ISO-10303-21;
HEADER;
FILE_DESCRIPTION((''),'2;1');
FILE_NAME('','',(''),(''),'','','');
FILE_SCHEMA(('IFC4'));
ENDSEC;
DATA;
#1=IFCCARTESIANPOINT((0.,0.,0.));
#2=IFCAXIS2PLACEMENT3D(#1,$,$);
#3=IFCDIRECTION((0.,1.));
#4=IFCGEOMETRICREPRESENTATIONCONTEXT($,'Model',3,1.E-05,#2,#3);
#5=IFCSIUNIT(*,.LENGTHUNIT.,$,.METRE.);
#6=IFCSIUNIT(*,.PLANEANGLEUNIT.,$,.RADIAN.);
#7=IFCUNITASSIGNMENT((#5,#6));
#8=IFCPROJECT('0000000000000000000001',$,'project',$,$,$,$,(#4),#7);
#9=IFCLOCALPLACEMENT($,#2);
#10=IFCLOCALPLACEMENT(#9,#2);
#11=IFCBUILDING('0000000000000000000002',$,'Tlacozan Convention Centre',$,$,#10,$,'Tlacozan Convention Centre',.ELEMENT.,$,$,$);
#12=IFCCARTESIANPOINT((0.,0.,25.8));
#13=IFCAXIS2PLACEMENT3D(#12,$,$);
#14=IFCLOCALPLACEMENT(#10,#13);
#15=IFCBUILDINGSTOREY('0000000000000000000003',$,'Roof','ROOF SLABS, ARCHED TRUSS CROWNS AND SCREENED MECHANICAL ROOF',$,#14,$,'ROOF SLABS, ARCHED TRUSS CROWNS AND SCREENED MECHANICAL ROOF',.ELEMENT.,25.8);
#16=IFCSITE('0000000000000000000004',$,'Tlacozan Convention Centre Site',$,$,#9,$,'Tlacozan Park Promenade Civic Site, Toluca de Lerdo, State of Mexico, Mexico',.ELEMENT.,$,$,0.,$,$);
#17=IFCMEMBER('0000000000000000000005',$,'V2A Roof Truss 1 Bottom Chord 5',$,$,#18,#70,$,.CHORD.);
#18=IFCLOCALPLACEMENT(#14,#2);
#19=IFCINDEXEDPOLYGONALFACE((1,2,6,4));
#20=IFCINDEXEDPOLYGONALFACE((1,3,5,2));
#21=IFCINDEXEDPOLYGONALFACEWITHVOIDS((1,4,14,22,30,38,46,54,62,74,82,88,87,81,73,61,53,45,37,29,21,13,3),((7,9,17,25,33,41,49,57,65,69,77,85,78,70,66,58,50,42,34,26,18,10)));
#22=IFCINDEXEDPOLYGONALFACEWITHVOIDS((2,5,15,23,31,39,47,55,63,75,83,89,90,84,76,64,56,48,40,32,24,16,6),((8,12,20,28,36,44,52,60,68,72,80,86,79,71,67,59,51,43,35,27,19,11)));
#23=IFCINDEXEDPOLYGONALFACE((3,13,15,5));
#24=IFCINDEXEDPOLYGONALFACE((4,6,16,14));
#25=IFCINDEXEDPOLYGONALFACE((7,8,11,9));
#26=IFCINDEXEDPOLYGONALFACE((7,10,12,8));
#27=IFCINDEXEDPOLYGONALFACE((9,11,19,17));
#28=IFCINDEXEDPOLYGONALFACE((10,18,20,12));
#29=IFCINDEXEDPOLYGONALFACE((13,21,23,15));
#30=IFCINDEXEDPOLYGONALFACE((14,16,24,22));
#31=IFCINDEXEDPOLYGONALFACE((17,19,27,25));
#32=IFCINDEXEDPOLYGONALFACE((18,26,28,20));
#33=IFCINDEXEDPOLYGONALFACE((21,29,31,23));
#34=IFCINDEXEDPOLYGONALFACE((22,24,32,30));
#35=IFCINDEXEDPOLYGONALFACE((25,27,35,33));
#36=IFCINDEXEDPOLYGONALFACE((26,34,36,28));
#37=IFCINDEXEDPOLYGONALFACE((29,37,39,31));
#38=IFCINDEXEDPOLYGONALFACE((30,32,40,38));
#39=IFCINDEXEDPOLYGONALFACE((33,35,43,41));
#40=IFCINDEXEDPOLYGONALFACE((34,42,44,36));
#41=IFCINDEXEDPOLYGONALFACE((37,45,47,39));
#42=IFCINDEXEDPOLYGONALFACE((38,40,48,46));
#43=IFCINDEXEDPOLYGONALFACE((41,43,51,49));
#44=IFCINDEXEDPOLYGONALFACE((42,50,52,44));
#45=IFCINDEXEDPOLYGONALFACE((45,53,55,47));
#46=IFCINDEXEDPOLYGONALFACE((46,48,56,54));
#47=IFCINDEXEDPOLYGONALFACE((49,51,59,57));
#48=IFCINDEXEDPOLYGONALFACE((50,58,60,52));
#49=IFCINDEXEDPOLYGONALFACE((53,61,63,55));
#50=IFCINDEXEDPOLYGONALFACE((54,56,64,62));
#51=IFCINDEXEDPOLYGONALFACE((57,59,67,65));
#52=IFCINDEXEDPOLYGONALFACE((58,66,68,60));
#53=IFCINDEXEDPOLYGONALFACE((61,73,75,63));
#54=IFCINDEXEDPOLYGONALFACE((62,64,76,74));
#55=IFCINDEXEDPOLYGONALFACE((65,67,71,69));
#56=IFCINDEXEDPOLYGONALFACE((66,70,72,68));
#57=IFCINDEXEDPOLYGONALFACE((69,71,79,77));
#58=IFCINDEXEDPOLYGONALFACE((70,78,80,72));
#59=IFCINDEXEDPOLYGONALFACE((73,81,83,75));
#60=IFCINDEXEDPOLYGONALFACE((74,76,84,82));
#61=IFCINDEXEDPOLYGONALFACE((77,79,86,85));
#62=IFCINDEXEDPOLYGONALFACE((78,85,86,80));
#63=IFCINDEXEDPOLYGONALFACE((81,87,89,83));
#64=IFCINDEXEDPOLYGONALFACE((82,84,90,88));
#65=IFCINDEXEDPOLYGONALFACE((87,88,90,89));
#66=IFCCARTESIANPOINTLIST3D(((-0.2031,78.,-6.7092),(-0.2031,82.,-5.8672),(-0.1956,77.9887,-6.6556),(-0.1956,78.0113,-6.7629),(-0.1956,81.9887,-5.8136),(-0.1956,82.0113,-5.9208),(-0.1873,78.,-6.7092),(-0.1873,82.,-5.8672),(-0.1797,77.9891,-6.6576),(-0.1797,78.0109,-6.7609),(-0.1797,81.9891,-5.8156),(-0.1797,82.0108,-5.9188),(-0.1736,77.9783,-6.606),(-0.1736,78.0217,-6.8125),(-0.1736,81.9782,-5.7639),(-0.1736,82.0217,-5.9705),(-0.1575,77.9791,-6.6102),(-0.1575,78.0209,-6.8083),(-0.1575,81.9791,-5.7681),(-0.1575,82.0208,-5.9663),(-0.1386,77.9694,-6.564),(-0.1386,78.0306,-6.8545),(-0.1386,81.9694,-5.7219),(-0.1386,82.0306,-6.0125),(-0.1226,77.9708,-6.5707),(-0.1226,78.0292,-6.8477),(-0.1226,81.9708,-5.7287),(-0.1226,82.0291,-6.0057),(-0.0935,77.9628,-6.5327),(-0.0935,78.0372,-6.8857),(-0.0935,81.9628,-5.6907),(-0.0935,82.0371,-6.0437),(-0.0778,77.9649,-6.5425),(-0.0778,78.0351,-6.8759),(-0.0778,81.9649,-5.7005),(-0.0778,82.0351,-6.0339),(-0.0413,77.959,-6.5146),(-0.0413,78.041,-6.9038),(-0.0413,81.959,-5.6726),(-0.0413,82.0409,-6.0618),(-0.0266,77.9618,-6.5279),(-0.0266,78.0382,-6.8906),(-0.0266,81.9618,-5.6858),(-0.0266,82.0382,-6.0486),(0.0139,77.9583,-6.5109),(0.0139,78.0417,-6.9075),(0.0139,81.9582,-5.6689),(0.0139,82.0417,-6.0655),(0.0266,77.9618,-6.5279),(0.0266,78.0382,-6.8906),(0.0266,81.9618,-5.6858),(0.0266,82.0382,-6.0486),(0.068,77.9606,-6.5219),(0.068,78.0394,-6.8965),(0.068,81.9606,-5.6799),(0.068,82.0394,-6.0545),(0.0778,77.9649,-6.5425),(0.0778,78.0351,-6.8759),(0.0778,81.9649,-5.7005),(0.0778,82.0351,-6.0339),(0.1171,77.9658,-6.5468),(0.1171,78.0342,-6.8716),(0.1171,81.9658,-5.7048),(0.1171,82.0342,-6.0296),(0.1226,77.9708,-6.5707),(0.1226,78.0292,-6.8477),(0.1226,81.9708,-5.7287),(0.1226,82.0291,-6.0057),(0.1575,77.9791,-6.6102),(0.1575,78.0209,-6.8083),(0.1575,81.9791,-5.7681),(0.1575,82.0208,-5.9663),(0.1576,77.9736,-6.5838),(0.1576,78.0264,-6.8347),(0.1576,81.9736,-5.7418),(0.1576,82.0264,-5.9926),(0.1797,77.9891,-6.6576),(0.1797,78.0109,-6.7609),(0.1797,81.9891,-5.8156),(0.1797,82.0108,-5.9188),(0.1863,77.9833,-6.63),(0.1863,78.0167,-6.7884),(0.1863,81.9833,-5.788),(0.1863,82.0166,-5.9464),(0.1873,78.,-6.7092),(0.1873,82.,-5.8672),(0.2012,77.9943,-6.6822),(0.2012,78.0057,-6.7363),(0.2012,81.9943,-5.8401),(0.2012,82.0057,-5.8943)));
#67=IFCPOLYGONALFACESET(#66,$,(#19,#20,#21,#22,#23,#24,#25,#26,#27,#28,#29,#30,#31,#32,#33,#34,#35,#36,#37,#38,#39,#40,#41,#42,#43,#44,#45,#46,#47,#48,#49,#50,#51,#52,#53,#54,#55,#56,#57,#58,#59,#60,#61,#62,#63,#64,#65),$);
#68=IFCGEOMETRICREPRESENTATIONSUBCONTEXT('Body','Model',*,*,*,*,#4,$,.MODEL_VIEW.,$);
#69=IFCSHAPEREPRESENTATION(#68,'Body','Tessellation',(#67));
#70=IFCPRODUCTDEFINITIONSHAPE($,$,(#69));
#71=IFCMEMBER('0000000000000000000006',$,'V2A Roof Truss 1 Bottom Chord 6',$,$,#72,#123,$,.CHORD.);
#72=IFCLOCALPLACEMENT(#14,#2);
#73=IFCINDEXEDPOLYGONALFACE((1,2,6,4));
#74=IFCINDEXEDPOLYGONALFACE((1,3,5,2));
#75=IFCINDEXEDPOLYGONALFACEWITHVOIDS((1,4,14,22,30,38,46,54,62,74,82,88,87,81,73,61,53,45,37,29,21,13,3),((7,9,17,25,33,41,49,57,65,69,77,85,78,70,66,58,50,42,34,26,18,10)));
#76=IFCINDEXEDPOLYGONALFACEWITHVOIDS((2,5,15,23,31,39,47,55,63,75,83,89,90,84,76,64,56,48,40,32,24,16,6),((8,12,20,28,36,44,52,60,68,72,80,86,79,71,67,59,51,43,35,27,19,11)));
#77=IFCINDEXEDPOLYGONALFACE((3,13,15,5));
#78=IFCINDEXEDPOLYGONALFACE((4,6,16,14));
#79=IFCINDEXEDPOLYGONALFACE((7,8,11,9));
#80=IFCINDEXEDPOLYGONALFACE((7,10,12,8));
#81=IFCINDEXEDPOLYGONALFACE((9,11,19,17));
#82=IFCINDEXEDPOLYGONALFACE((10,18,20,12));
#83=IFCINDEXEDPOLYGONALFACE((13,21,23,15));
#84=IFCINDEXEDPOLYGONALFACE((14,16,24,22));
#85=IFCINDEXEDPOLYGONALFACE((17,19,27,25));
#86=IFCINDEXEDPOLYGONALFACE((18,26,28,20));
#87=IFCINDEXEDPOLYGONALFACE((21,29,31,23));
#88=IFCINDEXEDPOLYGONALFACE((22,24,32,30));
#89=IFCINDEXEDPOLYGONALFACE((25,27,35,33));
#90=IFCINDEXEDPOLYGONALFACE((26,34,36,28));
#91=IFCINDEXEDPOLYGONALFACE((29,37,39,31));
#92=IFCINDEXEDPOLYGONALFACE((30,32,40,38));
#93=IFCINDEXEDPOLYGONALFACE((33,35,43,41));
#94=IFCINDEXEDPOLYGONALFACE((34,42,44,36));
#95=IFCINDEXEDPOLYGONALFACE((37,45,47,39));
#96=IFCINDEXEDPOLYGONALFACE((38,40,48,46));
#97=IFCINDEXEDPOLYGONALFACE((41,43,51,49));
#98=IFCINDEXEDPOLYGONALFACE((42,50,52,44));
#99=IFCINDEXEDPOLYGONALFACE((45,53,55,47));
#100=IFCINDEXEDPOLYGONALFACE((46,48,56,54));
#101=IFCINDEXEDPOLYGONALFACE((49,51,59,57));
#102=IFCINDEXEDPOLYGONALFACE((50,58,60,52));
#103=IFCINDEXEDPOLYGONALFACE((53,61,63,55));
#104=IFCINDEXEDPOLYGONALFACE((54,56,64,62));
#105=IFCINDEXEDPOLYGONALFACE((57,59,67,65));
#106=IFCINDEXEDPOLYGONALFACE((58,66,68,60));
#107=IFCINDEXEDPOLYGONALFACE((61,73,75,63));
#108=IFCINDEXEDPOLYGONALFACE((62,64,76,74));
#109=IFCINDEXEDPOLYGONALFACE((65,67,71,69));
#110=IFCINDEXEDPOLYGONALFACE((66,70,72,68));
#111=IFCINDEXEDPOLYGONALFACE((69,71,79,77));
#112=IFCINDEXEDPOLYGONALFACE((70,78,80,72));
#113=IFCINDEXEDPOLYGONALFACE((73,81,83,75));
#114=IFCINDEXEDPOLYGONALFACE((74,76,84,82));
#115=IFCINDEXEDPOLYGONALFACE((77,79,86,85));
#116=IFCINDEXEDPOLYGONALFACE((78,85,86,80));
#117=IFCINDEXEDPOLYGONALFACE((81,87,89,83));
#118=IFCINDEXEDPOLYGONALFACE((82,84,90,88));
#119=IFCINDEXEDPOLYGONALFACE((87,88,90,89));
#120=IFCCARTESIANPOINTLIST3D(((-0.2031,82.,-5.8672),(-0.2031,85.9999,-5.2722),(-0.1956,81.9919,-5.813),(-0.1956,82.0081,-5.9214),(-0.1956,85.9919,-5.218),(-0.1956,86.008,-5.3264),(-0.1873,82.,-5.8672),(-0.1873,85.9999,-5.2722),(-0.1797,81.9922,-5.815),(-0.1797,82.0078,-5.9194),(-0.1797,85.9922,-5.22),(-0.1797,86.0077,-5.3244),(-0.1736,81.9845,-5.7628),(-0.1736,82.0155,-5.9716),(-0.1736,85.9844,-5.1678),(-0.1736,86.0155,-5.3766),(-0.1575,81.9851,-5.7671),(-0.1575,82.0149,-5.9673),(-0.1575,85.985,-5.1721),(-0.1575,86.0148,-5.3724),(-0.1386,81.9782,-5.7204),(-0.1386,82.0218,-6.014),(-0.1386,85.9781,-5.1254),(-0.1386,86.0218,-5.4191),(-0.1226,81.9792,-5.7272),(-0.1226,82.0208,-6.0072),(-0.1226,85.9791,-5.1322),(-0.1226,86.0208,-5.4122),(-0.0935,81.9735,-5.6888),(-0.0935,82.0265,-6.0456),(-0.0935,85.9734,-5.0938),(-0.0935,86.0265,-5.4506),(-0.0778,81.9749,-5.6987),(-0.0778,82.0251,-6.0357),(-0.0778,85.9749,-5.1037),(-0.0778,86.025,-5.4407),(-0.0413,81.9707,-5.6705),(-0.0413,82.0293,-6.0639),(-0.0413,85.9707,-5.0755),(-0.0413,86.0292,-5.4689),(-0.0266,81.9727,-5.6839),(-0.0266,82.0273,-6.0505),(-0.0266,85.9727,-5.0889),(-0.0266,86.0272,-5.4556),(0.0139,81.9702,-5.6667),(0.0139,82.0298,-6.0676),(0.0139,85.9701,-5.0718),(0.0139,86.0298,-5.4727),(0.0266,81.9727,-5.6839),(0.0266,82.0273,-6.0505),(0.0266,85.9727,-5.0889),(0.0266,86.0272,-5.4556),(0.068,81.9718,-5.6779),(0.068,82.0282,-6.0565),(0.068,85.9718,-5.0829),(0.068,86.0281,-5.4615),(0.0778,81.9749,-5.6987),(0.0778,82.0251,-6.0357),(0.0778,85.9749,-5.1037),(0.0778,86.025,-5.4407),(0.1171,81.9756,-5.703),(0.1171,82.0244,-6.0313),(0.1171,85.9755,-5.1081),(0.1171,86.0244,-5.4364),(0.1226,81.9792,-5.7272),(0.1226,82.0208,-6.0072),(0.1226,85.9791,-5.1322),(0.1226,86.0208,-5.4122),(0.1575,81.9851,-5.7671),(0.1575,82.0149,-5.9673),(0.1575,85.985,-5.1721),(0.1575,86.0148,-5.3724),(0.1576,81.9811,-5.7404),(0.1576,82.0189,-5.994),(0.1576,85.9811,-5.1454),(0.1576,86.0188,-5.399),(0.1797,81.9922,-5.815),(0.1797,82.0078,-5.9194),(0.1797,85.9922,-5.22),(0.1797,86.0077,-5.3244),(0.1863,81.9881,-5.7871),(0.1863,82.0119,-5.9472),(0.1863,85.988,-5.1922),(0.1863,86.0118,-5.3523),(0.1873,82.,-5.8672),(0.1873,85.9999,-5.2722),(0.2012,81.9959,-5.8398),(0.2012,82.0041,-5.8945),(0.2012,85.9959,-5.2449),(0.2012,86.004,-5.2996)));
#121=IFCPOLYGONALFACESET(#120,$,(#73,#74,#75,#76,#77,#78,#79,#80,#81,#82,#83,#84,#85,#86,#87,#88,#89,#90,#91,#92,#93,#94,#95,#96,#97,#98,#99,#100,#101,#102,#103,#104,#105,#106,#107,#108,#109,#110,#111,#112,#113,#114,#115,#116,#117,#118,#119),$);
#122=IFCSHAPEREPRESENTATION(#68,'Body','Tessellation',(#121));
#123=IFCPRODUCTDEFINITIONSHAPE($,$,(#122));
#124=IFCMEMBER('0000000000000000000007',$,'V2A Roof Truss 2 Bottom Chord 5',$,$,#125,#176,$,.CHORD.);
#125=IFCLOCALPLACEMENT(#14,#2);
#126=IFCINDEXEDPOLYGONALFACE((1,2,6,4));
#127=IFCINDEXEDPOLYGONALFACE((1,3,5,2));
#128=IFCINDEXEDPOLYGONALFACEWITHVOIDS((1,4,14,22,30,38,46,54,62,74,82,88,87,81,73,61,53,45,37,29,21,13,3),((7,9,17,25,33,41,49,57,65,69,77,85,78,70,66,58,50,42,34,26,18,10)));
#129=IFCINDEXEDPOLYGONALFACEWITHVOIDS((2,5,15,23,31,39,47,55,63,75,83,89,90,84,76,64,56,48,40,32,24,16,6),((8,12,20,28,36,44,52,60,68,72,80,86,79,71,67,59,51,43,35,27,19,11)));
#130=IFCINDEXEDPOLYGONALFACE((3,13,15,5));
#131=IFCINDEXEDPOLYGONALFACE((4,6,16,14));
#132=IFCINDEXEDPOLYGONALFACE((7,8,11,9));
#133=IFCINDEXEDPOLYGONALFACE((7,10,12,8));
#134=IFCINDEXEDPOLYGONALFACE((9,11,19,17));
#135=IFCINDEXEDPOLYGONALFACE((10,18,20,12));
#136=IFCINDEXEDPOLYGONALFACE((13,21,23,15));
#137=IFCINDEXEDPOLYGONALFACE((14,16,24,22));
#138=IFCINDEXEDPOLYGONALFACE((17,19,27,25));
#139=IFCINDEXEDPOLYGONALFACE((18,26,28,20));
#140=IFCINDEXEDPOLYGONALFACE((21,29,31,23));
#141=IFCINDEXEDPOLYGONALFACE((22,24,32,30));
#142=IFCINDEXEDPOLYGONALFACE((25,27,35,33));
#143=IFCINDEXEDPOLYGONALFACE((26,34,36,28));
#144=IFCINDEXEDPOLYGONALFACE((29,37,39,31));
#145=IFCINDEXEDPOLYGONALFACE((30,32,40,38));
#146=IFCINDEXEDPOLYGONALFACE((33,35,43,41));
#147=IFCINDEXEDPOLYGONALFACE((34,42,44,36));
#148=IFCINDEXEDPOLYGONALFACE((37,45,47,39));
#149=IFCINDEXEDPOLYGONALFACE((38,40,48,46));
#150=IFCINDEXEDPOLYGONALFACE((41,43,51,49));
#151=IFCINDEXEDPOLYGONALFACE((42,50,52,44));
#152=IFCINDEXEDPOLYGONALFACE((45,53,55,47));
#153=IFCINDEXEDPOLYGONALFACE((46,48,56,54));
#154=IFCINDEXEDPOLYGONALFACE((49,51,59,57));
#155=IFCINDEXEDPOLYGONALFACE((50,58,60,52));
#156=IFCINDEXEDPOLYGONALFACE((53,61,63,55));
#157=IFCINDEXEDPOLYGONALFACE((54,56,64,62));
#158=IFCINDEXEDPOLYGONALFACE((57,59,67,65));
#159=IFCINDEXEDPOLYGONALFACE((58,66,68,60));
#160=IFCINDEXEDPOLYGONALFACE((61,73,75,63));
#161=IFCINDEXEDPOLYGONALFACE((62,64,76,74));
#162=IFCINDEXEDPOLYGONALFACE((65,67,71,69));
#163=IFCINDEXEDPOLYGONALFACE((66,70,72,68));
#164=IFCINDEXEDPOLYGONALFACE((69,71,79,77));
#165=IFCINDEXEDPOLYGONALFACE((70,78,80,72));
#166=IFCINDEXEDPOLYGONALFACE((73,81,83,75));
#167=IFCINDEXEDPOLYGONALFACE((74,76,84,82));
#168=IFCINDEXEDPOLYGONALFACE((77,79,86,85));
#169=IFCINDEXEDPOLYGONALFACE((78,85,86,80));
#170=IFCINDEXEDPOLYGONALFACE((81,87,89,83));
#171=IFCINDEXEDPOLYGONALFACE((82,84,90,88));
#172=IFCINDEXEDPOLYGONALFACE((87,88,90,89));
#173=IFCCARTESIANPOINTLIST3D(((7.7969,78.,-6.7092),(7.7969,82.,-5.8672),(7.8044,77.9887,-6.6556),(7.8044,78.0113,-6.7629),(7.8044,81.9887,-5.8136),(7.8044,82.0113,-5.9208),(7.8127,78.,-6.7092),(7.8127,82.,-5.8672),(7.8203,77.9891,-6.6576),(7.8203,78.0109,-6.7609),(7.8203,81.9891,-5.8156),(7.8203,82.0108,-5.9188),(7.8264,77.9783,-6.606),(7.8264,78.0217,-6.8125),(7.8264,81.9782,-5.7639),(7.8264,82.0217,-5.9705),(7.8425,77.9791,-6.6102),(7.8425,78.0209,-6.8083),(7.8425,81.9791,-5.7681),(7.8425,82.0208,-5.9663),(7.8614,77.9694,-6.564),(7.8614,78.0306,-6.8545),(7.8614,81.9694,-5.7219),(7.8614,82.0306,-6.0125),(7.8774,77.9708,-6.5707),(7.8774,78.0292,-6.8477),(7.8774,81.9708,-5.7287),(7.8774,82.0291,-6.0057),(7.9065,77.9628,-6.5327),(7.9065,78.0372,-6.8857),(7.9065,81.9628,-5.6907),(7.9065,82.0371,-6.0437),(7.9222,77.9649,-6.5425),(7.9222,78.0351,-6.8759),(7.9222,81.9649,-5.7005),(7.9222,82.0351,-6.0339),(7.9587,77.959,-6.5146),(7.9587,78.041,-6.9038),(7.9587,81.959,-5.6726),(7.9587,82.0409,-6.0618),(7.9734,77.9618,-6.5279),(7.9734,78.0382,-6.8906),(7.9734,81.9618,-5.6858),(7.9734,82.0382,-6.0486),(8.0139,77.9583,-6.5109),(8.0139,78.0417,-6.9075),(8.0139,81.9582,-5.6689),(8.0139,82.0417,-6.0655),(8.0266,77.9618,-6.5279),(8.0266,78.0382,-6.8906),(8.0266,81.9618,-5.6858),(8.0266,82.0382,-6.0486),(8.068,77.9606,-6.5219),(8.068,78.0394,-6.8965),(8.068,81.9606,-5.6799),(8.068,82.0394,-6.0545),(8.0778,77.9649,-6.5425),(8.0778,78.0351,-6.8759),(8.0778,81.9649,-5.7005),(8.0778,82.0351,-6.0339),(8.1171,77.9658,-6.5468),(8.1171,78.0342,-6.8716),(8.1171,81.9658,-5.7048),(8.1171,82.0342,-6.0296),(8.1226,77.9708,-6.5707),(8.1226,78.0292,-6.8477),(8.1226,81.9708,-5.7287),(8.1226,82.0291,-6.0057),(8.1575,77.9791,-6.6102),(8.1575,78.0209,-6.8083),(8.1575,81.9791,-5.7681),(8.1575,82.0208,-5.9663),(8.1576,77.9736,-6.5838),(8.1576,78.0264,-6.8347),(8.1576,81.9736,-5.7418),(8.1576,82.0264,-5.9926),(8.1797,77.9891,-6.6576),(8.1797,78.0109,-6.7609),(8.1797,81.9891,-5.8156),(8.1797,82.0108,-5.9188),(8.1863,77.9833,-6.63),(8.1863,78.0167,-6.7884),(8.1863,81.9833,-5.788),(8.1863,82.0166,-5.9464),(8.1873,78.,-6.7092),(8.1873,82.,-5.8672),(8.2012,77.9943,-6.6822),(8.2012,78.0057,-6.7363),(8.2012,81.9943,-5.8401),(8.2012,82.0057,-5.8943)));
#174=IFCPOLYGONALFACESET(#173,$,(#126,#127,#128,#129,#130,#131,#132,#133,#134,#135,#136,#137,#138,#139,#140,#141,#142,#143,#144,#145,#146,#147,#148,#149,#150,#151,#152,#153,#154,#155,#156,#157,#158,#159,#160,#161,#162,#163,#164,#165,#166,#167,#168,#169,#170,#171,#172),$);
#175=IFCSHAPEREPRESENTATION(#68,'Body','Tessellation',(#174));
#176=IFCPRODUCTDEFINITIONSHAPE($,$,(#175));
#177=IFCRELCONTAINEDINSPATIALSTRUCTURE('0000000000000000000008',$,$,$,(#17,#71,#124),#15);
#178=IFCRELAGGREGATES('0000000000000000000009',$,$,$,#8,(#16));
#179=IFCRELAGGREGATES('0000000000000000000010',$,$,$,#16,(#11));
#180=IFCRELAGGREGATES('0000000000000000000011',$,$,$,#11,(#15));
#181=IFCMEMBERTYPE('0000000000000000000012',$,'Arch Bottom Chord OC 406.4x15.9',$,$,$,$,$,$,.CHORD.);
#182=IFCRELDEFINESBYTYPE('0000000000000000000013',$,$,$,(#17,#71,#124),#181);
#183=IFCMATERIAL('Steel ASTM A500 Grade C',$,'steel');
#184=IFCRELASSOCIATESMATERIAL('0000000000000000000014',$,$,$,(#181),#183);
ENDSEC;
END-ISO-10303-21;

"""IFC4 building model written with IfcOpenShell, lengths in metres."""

from ifc_helpers import new_model, si_unit, direction, frame, origin, origin_2d, place, context, subcontext, project, spatial, hollow_circle, extrude, material, material_profile, profile_set, type_object, element, save


model = new_model("IFC4")

# Units and contexts
model_context = context("Model", 3, precision=1e-05, world=origin(), true_north=direction((0.0, 1.0)))
body_context = subcontext(model_context, "Body", "Model", "MODEL_VIEW")
ifc_project = project(units=[si_unit("LENGTHUNIT", "METRE"), si_unit("PLANEANGLEUNIT", "RADIAN")], contexts=[model_context])

# Site, building, storey
site_placement = place(None, origin())
site = spatial("IfcSite", under=ifc_project, at=site_placement, Name="Tlacozan Convention Centre Site", LongName="Tlacozan Park Promenade Civic Site, Toluca de Lerdo, State of Mexico, Mexico", CompositionType="ELEMENT", RefElevation=0.0)
building_placement = place(site_placement, origin())
building = spatial("IfcBuilding", under=site, at=building_placement, Name="Tlacozan Convention Centre", LongName="Tlacozan Convention Centre", CompositionType="ELEMENT")
storey_placement = place(building_placement, frame((0.0, 0.0, 25.8)))
storey = spatial("IfcBuildingStorey", under=building, at=storey_placement, Name="Roof", Description="ROOF SLABS, ARCHED TRUSS CROWNS AND SCREENED MECHANICAL ROOF", LongName="ROOF SLABS, ARCHED TRUSS CROWNS AND SCREENED MECHANICAL ROOF", CompositionType="ELEMENT", Elevation=25.8)

# Members
ifc_material_1 = material(Name="Steel ASTM A500 Grade C", Category="steel")
ifc_material_profile_1 = material_profile(ifc_material_1, hollow_circle(Radius=0.2031, WallThickness=0.0159, at=origin_2d()), Name="OC 406.4x15.9")
ifc_profile_set_1 = profile_set([ifc_material_profile_1], Name="Steel ASTM A500 Grade C")
member_type_1 = type_object("IfcMemberType", Name="Arch Bottom Chord OC 406.4x15.9", PredefinedType="CHORD", material=ifc_profile_set_1)
member_1_placement = place(storey_placement, frame((0.0, 78.0, -6.7092), z_axis=(0.0, 0.978553, 0.205995), x_axis=(-1.0, 0.0, 0.0)))
element("IfcMember", 1, at=member_1_placement, inside=storey, type_object=member_type_1, Name="V2A Roof Truss 1 Bottom Chord 5", PredefinedType="CHORD", context=body_context, shape_type="SweptSolid", body=[
    extrude(hollow_circle(Radius=0.2031, WallThickness=0.0159, at=origin_2d()), origin(), (0.0, 0.0, 1.0), 4.0876),
])
member_2_placement = place(storey_placement, frame((0.0, 82.0, -5.8672), z_axis=(0.0, 0.989118, 0.147124), x_axis=(-1.0, 0.0, 0.0)))
element("IfcMember", 2, at=member_2_placement, inside=storey, type_object=member_type_1, Name="V2A Roof Truss 1 Bottom Chord 6", PredefinedType="CHORD", context=body_context, shape_type="SweptSolid", body=[
    extrude(hollow_circle(Radius=0.2031, WallThickness=0.0159, at=origin_2d()), origin(), (0.0, 0.0, 1.0), 4.0439),
])
member_3_placement = place(storey_placement, frame((8.0, 78.0, -6.7092), z_axis=(0.0, 0.978553, 0.205995), x_axis=(-1.0, 0.0, 0.0)))
element("IfcMember", 3, at=member_3_placement, inside=storey, type_object=member_type_1, Name="V2A Roof Truss 2 Bottom Chord 5", PredefinedType="CHORD", context=body_context, shape_type="SweptSolid", body=[
    extrude(hollow_circle(Radius=0.2031, WallThickness=0.0159, at=origin_2d()), origin(), (0.0, 0.0, 1.0), 4.0876),
])

save(model, "model.ifc")
